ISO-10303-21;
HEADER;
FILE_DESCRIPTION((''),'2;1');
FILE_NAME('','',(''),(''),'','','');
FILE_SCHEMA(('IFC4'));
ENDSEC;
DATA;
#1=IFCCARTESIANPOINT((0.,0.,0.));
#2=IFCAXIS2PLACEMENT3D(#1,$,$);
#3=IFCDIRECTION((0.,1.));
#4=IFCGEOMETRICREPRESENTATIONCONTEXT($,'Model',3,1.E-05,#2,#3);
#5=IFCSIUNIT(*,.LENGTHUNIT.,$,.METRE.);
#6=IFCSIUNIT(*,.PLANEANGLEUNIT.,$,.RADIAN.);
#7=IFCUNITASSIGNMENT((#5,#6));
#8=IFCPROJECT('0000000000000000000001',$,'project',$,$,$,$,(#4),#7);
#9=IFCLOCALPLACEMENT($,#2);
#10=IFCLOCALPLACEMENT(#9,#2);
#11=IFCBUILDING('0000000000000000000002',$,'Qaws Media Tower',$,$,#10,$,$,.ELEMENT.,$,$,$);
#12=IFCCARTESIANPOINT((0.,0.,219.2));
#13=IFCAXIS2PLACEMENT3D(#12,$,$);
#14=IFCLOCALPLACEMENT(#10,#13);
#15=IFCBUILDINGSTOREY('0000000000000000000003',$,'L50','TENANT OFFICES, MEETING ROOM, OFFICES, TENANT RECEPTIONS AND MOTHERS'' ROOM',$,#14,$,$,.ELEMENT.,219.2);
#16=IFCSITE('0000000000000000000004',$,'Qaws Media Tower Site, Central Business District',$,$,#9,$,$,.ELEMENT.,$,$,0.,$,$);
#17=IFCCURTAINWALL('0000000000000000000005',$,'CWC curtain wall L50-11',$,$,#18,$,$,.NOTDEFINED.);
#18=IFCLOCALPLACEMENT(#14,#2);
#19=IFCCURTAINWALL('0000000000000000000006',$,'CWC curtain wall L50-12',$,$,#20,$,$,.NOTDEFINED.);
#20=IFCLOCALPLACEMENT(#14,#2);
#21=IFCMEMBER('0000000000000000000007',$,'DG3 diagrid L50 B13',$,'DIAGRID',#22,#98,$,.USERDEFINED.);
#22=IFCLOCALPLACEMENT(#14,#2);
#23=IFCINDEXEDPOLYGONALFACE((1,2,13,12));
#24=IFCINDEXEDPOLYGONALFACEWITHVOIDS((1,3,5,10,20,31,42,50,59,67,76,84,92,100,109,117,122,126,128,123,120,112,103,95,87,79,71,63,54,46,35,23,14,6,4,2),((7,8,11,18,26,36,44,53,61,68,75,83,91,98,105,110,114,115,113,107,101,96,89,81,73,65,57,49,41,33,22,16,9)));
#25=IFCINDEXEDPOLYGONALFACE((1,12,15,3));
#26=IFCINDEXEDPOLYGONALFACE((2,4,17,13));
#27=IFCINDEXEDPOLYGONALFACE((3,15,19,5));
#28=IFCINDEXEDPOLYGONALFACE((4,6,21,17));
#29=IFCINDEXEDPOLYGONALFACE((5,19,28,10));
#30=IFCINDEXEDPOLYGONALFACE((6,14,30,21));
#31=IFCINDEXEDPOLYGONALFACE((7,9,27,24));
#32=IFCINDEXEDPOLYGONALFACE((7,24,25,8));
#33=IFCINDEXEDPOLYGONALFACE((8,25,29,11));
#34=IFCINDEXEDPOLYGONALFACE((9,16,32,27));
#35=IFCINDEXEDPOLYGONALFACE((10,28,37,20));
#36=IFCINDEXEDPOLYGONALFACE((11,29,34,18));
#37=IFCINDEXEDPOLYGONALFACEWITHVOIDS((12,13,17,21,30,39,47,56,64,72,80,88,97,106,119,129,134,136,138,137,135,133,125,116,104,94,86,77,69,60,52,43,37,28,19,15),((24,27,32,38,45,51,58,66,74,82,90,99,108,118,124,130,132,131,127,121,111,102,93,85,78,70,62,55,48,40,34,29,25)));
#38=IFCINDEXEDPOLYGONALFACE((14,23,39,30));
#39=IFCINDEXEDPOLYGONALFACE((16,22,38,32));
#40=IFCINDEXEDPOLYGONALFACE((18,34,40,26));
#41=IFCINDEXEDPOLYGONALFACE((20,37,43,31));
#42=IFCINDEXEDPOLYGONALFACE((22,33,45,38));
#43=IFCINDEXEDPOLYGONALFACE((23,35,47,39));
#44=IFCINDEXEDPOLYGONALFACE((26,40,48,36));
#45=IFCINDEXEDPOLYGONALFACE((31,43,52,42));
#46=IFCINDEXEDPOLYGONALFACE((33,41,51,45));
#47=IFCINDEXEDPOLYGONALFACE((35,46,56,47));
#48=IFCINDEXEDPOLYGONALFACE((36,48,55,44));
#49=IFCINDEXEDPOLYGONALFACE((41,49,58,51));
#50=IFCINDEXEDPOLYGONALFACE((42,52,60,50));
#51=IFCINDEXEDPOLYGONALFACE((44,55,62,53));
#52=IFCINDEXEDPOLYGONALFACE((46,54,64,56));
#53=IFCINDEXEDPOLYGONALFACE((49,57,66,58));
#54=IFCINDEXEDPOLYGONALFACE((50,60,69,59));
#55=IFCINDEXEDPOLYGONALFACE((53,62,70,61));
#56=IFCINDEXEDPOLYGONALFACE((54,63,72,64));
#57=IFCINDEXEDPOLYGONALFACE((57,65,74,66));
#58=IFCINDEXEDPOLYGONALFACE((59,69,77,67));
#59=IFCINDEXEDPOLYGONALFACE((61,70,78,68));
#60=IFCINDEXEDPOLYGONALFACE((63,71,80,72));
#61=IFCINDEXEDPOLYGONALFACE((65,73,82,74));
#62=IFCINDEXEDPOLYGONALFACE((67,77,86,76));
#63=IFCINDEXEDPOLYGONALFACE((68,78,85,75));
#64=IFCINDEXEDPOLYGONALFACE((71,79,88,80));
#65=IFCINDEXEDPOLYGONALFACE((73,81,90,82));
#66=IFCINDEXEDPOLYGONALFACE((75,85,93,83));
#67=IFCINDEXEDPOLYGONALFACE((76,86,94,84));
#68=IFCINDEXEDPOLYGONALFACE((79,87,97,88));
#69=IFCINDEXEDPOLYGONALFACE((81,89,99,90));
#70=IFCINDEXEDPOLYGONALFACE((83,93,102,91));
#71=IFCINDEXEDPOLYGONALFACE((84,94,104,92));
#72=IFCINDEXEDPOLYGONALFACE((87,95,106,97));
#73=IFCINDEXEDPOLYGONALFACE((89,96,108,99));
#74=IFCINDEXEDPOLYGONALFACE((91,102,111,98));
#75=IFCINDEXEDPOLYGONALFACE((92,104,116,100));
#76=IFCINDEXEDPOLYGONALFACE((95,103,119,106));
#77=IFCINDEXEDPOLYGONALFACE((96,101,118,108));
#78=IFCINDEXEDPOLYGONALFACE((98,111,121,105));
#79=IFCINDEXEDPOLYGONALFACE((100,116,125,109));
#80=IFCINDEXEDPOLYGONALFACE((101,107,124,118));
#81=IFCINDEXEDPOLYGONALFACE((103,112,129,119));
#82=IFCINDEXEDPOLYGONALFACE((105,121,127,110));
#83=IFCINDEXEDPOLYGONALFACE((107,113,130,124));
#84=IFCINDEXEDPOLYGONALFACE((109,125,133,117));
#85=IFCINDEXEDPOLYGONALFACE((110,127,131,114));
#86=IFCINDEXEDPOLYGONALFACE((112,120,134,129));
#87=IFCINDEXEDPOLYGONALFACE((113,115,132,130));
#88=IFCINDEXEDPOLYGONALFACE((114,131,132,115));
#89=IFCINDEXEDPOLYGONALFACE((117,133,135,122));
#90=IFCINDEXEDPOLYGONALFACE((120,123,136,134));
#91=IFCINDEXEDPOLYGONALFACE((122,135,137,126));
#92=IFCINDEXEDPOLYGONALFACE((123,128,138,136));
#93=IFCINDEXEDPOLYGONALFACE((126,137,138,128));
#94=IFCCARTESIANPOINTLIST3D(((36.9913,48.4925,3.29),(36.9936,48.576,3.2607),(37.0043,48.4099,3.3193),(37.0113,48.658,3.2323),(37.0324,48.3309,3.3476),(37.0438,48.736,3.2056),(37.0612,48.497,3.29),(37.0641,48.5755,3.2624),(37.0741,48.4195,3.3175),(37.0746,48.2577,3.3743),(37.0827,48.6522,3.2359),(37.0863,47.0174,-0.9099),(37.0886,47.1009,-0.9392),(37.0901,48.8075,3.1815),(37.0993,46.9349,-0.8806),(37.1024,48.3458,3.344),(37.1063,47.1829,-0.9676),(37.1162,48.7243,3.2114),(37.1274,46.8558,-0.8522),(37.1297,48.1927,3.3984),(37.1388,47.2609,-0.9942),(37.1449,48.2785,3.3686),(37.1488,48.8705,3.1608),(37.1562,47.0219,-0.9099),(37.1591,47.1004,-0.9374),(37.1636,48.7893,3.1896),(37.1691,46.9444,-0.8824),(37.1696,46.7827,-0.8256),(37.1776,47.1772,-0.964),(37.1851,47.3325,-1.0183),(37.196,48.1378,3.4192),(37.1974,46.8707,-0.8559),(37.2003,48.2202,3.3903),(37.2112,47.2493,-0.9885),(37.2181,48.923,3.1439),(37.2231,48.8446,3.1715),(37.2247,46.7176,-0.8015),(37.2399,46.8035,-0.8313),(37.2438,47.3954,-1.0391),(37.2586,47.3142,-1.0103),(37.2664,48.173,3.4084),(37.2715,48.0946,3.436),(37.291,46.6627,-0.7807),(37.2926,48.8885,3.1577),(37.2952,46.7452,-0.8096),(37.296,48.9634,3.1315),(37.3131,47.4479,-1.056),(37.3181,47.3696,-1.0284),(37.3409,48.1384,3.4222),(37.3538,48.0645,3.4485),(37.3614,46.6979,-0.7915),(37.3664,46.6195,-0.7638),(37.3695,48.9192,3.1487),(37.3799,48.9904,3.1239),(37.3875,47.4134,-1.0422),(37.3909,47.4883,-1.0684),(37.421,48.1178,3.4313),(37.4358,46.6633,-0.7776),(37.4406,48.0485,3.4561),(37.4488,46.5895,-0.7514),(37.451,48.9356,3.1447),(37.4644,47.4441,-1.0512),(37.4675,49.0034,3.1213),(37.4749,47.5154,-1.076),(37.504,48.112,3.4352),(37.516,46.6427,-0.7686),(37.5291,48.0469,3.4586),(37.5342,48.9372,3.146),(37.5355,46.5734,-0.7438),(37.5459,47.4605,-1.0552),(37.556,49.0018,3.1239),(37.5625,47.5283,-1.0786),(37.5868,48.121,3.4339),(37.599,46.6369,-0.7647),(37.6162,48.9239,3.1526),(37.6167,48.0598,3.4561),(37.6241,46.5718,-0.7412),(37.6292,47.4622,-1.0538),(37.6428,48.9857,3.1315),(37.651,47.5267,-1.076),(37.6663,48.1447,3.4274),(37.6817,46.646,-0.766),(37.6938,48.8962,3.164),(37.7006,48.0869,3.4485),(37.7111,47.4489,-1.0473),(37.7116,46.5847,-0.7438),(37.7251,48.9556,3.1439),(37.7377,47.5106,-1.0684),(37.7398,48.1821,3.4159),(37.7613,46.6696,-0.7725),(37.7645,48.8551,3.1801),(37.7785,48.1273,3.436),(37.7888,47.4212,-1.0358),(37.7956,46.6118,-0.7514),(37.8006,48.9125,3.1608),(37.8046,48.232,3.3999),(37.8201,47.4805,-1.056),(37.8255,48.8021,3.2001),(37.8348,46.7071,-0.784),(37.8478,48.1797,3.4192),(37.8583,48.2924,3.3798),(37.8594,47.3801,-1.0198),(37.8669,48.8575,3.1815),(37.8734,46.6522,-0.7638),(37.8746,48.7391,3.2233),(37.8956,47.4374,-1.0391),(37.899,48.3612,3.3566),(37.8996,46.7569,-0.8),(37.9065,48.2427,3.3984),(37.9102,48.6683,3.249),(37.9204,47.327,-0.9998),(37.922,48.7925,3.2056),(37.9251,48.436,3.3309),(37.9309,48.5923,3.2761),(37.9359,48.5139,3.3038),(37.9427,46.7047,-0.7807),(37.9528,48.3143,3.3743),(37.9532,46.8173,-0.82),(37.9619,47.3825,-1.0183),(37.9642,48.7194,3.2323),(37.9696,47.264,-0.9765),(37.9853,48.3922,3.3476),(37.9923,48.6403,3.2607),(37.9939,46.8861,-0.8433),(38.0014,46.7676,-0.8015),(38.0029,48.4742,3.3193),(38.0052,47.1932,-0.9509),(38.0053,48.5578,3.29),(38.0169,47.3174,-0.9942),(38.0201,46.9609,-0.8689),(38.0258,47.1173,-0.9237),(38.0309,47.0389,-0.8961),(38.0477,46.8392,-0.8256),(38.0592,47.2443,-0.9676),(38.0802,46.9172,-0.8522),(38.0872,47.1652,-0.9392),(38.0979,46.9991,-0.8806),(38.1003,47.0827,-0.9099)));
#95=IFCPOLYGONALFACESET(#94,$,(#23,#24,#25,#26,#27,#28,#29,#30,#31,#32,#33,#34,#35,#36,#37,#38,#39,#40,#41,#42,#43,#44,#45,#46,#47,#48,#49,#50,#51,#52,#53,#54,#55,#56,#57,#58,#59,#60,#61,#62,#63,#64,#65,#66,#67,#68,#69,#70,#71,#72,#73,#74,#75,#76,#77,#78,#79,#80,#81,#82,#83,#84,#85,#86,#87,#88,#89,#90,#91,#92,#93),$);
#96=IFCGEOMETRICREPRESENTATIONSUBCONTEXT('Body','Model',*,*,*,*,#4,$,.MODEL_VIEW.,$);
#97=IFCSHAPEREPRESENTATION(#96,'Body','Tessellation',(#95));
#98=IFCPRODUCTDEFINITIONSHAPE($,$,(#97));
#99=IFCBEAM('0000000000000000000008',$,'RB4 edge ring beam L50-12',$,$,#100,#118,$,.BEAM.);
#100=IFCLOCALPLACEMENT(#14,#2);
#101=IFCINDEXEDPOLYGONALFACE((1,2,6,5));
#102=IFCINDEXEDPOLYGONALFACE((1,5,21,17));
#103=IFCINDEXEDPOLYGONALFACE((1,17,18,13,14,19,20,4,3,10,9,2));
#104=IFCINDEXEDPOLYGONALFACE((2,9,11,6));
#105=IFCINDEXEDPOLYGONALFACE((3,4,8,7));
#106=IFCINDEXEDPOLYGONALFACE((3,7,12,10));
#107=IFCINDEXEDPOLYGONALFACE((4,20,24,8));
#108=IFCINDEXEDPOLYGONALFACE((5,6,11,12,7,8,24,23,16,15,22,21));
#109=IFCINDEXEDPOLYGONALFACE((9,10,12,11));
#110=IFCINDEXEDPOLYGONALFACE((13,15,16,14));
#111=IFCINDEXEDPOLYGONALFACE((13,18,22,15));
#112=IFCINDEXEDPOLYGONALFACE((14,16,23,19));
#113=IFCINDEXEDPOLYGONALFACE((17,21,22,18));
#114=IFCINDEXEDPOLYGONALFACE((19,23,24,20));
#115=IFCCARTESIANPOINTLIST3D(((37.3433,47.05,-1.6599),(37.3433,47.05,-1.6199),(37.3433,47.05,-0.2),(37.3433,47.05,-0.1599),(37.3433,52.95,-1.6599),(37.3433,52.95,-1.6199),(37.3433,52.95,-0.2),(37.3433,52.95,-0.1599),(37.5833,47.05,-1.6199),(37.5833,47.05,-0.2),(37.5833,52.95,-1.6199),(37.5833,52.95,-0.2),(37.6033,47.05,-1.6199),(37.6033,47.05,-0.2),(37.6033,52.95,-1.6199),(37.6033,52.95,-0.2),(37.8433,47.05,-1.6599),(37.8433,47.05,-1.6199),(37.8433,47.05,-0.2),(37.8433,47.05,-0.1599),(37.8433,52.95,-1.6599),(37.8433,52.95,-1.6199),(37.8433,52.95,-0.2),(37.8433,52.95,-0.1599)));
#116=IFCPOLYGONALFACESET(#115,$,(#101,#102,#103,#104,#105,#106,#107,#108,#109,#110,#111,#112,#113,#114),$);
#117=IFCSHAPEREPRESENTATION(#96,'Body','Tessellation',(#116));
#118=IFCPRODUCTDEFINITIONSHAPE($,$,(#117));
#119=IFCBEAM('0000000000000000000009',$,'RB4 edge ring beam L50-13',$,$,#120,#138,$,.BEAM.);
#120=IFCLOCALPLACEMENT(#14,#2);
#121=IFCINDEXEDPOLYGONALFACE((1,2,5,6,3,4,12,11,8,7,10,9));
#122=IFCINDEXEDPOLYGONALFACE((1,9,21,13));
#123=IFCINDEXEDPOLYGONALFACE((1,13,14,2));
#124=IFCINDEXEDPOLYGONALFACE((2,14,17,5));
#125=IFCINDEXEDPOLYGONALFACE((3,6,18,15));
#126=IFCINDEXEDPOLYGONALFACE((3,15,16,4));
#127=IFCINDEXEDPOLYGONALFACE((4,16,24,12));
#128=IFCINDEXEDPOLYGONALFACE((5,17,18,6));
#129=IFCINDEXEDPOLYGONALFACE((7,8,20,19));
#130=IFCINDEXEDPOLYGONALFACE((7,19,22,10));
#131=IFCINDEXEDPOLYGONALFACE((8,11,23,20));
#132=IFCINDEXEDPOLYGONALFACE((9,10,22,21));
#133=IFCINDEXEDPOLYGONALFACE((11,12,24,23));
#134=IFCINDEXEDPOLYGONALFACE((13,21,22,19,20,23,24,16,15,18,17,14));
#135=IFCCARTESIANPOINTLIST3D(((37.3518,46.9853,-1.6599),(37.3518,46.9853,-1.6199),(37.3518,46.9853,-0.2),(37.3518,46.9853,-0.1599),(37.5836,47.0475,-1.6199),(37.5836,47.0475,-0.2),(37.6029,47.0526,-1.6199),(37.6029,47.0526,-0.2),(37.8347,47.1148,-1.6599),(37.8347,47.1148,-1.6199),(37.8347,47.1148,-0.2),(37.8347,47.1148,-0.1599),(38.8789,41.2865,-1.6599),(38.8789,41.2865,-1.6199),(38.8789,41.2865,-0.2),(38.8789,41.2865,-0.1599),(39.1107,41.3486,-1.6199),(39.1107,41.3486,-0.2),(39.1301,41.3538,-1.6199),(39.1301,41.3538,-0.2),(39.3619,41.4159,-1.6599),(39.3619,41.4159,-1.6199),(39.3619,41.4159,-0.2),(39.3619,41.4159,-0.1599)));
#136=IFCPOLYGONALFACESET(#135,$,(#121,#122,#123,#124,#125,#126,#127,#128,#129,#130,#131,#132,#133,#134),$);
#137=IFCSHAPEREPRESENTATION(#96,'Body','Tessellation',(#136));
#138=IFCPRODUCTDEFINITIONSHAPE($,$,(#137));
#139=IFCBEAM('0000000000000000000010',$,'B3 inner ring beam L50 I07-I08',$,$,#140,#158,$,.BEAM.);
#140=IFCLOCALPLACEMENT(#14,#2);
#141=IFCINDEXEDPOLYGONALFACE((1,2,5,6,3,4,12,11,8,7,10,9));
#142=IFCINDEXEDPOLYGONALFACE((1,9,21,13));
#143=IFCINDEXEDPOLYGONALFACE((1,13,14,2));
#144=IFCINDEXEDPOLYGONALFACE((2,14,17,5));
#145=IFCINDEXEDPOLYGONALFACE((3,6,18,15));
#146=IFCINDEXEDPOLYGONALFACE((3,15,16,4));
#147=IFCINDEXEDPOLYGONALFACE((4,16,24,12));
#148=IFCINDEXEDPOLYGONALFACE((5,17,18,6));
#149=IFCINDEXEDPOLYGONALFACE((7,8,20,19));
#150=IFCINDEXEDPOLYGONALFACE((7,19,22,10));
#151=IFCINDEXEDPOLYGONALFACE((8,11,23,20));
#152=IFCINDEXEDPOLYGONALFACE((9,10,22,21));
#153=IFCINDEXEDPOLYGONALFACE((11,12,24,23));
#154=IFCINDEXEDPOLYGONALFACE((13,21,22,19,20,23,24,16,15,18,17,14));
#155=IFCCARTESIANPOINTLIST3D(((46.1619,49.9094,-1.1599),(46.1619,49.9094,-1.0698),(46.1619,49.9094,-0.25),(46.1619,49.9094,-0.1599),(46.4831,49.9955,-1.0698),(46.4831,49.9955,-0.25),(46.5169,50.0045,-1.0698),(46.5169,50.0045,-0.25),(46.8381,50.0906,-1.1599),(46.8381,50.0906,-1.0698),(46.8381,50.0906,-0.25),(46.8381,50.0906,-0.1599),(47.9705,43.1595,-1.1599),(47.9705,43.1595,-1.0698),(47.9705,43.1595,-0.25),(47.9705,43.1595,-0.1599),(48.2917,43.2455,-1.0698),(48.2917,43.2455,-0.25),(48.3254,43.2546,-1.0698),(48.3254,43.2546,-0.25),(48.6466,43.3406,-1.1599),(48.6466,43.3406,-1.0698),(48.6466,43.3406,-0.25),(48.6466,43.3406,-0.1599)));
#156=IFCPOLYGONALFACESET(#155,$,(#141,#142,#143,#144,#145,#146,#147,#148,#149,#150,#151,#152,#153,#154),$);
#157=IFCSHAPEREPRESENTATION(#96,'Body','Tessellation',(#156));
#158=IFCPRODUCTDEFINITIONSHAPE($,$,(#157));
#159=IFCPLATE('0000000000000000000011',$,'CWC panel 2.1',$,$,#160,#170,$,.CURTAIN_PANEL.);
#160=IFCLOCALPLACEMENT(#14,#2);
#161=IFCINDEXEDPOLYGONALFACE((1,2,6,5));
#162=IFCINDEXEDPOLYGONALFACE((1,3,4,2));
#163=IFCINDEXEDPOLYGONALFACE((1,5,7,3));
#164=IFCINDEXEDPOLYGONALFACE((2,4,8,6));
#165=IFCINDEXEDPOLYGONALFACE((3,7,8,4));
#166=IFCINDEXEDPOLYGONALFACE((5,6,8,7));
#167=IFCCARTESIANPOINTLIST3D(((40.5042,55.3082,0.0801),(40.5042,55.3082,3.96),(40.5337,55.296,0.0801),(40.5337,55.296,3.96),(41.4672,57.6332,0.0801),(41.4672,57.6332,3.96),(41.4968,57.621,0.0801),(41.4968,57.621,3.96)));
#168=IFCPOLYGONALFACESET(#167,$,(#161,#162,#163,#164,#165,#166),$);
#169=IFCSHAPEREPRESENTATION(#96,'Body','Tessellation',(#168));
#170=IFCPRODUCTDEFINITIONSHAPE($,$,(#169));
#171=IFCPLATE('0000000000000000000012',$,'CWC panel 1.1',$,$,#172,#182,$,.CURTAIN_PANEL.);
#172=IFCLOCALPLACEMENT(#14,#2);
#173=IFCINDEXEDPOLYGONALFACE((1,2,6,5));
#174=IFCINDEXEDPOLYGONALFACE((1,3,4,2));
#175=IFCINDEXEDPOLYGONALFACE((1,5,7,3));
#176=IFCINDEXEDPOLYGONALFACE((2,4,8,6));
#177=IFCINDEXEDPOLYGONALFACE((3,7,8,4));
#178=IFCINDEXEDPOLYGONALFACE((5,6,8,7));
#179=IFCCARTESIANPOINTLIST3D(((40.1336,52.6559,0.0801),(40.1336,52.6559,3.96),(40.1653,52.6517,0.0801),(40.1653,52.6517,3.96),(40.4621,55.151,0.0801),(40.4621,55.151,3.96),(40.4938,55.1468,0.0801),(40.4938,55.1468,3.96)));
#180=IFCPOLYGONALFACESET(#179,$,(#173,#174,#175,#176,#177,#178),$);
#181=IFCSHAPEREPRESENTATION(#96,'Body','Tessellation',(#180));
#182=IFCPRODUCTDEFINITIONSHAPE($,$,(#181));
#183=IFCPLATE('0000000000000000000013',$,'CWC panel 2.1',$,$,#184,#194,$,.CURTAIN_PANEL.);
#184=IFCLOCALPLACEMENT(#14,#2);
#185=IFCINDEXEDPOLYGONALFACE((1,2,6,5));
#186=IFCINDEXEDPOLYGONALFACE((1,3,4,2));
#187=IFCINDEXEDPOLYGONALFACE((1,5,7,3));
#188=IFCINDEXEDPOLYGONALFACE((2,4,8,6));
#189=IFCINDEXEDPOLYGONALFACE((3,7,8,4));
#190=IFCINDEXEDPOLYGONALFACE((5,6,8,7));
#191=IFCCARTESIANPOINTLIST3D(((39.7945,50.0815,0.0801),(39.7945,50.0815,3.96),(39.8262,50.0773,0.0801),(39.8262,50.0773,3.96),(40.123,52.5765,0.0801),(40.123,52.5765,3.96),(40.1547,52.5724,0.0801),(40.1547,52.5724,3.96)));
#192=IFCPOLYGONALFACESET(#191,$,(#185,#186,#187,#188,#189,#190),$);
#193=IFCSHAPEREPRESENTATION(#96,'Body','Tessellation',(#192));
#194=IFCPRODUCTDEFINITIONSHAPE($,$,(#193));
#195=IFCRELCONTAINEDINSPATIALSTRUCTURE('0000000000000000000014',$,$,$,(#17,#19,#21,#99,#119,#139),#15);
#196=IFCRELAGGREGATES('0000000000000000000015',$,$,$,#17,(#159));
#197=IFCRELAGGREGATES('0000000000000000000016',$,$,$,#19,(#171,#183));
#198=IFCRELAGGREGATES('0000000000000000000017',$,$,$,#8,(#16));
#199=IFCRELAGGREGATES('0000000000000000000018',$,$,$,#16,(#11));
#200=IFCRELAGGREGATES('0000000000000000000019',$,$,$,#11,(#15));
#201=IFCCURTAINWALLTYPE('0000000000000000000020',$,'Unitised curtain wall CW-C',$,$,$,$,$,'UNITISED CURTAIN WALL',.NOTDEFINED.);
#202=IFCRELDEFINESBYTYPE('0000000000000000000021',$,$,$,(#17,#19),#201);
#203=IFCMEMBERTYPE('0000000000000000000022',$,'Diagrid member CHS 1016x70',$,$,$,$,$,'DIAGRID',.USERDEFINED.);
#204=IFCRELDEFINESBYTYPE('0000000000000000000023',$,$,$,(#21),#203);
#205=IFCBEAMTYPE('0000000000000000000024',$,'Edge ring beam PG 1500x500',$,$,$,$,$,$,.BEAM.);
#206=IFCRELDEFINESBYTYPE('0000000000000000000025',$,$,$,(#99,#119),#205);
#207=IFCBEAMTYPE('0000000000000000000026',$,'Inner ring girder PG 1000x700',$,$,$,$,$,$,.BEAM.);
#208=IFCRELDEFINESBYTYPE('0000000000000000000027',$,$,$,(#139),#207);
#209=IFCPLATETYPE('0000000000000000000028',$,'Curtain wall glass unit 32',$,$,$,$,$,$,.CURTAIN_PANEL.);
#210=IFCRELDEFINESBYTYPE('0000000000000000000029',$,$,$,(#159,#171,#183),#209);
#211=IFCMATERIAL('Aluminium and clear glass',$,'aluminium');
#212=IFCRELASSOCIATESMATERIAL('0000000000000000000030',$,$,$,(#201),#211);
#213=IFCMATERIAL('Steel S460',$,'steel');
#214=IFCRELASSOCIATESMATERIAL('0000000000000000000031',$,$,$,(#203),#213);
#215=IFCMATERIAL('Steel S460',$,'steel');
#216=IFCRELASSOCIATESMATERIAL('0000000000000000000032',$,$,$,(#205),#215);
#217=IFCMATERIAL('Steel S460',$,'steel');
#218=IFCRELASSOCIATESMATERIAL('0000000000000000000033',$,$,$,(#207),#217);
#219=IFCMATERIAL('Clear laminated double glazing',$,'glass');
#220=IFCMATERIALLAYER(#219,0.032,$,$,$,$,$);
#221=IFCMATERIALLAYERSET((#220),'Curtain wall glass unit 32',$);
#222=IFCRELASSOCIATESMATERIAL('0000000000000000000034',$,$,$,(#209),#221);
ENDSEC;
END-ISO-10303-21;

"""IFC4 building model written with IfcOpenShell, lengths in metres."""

from ifc_helpers import new_model, si_unit, direction, frame, origin, origin_2d, place, context, subcontext, project, spatial, rectangle, hollow_circle, i_section, extrude, material, layer, layer_set, material_profile, profile_set, type_object, element, aggregate, save


model = new_model("IFC4")

# Units and contexts
model_context = context("Model", 3, precision=1e-05, world=origin(), true_north=direction((0.0, 1.0)))
body_context = subcontext(model_context, "Body", "Model", "MODEL_VIEW")
ifc_project = project(units=[si_unit("LENGTHUNIT", "METRE"), si_unit("PLANEANGLEUNIT", "RADIAN")], contexts=[model_context])

# Site, building, storey
site_placement = place(None, origin())
site = spatial("IfcSite", under=ifc_project, at=site_placement, Name="Qaws Media Tower Site, Central Business District", CompositionType="ELEMENT", RefElevation=0.0)
building_placement = place(site_placement, origin())
building = spatial("IfcBuilding", under=site, at=building_placement, Name="Qaws Media Tower", CompositionType="ELEMENT")
storey_placement = place(building_placement, frame((0.0, 0.0, 219.2)))
storey = spatial("IfcBuildingStorey", under=building, at=storey_placement, Name="L50", Description="TENANT OFFICES, MEETING ROOM, OFFICES, TENANT RECEPTIONS AND MOTHERS' ROOM", CompositionType="ELEMENT", Elevation=219.2)

# Curtain wall
ifc_material_1 = material(Name="Aluminium and clear glass", Category="aluminium")
curtain_wall_type = type_object("IfcCurtainWallType", Name="Unitised curtain wall CW-C", ElementType="UNITISED CURTAIN WALL", PredefinedType="NOTDEFINED", material=ifc_material_1)
curtain_wall_1_placement = place(storey_placement, origin())
curtain_wall_1 = element("IfcCurtainWall", 1, at=curtain_wall_1_placement, inside=storey, type_object=curtain_wall_type, Name="CWC curtain wall L50-11", PredefinedType="NOTDEFINED")

# Curtain wall
curtain_wall_2_placement = place(storey_placement, origin())
curtain_wall_2 = element("IfcCurtainWall", 2, at=curtain_wall_2_placement, inside=storey, type_object=curtain_wall_type, Name="CWC curtain wall L50-12", PredefinedType="NOTDEFINED")

# Member
ifc_material_2 = material(Name="Steel S460", Category="steel")
ifc_material_profile_1 = material_profile(ifc_material_2, hollow_circle(Radius=0.5081, WallThickness=0.0701, at=origin_2d()), Name="CHS 1016x70")
ifc_profile_set_1 = profile_set([ifc_material_profile_1], Name="Steel S460")
member_type_1 = type_object("IfcMemberType", Name="Diagrid member CHS 1016x70", ElementType="DIAGRID", PredefinedType="USERDEFINED", material=ifc_profile_set_1)
for number, where, z_axis, x_axis, name in (
    (3, (37.5933, 47.05, -0.9099), (-0.02133, 0.331298, 0.943285), (-0.997934, -0.06425, 0.0), "DG3 diagrid L50 B13"),
):
    element("IfcMember", number, at=place(storey_placement, frame(where, z_axis=z_axis, x_axis=x_axis)), inside=storey, type_object=member_type_1, Name=name, ObjectType="DIAGRID", PredefinedType="USERDEFINED", context=body_context, shape_type="SweptSolid", body=[
        extrude(hollow_circle(Radius=0.5081, WallThickness=0.0701, at=origin_2d()), origin(), (0.0, 0.0, 1.0), 4.4524),
    ])

# Beams
ifc_material_3 = material(Name="Steel S460", Category="steel")
ifc_material_profile_2 = material_profile(ifc_material_3, i_section(OverallWidth=0.5, OverallDepth=1.5, WebThickness=0.02, FlangeThickness=0.04, at=origin_2d()), Name="PG 1500x500")
ifc_profile_set_2 = profile_set([ifc_material_profile_2], Name="Steel S460")
beam_type_1 = type_object("IfcBeamType", Name="Edge ring beam PG 1500x500", PredefinedType="BEAM", material=ifc_profile_set_2)
for number, where, z_axis, x_axis, name in (
    (4, (37.5933, 52.95, -0.9099), (0.0, -1.0, 0.0), (1.0, 0.0, 0.0), "RB4 edge ring beam L50-12"),
    (5, (37.5933, 47.05, -0.9099), (0.25884, -0.96592, 0.0), (0.96592, 0.25884, 0.0), "RB4 edge ring beam L50-13"),
):
    element("IfcBeam", number, at=place(storey_placement, frame(where, z_axis=z_axis, x_axis=x_axis)), inside=storey, type_object=beam_type_1, Name=name, PredefinedType="BEAM", context=body_context, shape_type="SweptSolid", body=[
        extrude(i_section(OverallWidth=0.5, OverallDepth=1.5, WebThickness=0.02, FlangeThickness=0.04, at=origin_2d()), origin(), (0.0, 0.0, 1.0), 5.8999),
    ])
ifc_material_4 = material(Name="Steel S460", Category="steel")
ifc_material_profile_3 = material_profile(ifc_material_4, i_section(OverallWidth=0.7, OverallDepth=1.0, WebThickness=0.0349, FlangeThickness=0.0901, at=origin_2d()), Name="PG 1000x700")
ifc_profile_set_3 = profile_set([ifc_material_profile_3], Name="Steel S460")
beam_type_2 = type_object("IfcBeamType", Name="Inner ring girder PG 1000x700", PredefinedType="BEAM", material=ifc_profile_set_3)
beam_placement = place(storey_placement, frame((46.5, 50.0, -0.6599), z_axis=(0.258811, -0.965928, 0.0), x_axis=(0.965928, 0.258811, 0.0)))
element("IfcBeam", 6, at=beam_placement, inside=storey, type_object=beam_type_2, Name="B3 inner ring beam L50 I07-I08", PredefinedType="BEAM", context=body_context, shape_type="SweptSolid", body=[
    extrude(i_section(OverallWidth=0.7, OverallDepth=1.0, WebThickness=0.0349, FlangeThickness=0.0901, at=origin_2d()), origin(), (0.0, 0.0, 1.0), 6.988),
])

# Plates
ifc_material_5 = material(Name="Clear laminated double glazing", Category="glass")
ifc_layer_1 = layer(ifc_material_5, 0.032)
ifc_layer_set_1 = layer_set([ifc_layer_1], Name="Curtain wall glass unit 32")
plate_type_1 = type_object("IfcPlateType", Name="Curtain wall glass unit 32", PredefinedType="CURTAIN_PANEL", material=ifc_layer_set_1)
plate_1_placement = place(storey_placement, frame((41.0005, 56.4646, 0.0801), z_axis=(0.0, 0.0, 1.0), x_axis=(-0.382684, -0.923879, 0.0)))
plate_1 = element("IfcPlate", 7, at=plate_1_placement, type_object=plate_type_1, Name="CWC panel 2.1", PredefinedType="CURTAIN_PANEL", context=body_context, shape_type="SweptSolid", body=[
    extrude(rectangle(XDim=2.5166, YDim=0.032, at=origin_2d()), origin(), (0.0, 0.0, 1.0), 3.8799),
])
aggregate(curtain_wall_1, [plate_1])
plate_2_placement = place(storey_placement, frame((40.3137, 53.9014, 0.0801), z_axis=(0.0, 0.0, 1.0), x_axis=(-0.130526, -0.991445, 0.0)))
plate_2 = element("IfcPlate", 8, at=plate_2_placement, type_object=plate_type_1, Name="CWC panel 1.1", PredefinedType="CURTAIN_PANEL", context=body_context, shape_type="SweptSolid", body=[
    extrude(rectangle(XDim=2.5166, YDim=0.032, at=origin_2d()), origin(), (0.0, 0.0, 1.0), 3.8799),
])
plate_3_placement = place(storey_placement, frame((39.9746, 51.3269, 0.0801), z_axis=(0.0, 0.0, 1.0), x_axis=(-0.130526, -0.991445, 0.0)))
plate_3 = element("IfcPlate", 9, at=plate_3_placement, type_object=plate_type_1, Name="CWC panel 2.1", PredefinedType="CURTAIN_PANEL", context=body_context, shape_type="SweptSolid", body=[
    extrude(rectangle(XDim=2.5166, YDim=0.032, at=origin_2d()), origin(), (0.0, 0.0, 1.0), 3.8799),
])
aggregate(curtain_wall_2, [plate_2, plate_3])

save(model, "model.ifc")
